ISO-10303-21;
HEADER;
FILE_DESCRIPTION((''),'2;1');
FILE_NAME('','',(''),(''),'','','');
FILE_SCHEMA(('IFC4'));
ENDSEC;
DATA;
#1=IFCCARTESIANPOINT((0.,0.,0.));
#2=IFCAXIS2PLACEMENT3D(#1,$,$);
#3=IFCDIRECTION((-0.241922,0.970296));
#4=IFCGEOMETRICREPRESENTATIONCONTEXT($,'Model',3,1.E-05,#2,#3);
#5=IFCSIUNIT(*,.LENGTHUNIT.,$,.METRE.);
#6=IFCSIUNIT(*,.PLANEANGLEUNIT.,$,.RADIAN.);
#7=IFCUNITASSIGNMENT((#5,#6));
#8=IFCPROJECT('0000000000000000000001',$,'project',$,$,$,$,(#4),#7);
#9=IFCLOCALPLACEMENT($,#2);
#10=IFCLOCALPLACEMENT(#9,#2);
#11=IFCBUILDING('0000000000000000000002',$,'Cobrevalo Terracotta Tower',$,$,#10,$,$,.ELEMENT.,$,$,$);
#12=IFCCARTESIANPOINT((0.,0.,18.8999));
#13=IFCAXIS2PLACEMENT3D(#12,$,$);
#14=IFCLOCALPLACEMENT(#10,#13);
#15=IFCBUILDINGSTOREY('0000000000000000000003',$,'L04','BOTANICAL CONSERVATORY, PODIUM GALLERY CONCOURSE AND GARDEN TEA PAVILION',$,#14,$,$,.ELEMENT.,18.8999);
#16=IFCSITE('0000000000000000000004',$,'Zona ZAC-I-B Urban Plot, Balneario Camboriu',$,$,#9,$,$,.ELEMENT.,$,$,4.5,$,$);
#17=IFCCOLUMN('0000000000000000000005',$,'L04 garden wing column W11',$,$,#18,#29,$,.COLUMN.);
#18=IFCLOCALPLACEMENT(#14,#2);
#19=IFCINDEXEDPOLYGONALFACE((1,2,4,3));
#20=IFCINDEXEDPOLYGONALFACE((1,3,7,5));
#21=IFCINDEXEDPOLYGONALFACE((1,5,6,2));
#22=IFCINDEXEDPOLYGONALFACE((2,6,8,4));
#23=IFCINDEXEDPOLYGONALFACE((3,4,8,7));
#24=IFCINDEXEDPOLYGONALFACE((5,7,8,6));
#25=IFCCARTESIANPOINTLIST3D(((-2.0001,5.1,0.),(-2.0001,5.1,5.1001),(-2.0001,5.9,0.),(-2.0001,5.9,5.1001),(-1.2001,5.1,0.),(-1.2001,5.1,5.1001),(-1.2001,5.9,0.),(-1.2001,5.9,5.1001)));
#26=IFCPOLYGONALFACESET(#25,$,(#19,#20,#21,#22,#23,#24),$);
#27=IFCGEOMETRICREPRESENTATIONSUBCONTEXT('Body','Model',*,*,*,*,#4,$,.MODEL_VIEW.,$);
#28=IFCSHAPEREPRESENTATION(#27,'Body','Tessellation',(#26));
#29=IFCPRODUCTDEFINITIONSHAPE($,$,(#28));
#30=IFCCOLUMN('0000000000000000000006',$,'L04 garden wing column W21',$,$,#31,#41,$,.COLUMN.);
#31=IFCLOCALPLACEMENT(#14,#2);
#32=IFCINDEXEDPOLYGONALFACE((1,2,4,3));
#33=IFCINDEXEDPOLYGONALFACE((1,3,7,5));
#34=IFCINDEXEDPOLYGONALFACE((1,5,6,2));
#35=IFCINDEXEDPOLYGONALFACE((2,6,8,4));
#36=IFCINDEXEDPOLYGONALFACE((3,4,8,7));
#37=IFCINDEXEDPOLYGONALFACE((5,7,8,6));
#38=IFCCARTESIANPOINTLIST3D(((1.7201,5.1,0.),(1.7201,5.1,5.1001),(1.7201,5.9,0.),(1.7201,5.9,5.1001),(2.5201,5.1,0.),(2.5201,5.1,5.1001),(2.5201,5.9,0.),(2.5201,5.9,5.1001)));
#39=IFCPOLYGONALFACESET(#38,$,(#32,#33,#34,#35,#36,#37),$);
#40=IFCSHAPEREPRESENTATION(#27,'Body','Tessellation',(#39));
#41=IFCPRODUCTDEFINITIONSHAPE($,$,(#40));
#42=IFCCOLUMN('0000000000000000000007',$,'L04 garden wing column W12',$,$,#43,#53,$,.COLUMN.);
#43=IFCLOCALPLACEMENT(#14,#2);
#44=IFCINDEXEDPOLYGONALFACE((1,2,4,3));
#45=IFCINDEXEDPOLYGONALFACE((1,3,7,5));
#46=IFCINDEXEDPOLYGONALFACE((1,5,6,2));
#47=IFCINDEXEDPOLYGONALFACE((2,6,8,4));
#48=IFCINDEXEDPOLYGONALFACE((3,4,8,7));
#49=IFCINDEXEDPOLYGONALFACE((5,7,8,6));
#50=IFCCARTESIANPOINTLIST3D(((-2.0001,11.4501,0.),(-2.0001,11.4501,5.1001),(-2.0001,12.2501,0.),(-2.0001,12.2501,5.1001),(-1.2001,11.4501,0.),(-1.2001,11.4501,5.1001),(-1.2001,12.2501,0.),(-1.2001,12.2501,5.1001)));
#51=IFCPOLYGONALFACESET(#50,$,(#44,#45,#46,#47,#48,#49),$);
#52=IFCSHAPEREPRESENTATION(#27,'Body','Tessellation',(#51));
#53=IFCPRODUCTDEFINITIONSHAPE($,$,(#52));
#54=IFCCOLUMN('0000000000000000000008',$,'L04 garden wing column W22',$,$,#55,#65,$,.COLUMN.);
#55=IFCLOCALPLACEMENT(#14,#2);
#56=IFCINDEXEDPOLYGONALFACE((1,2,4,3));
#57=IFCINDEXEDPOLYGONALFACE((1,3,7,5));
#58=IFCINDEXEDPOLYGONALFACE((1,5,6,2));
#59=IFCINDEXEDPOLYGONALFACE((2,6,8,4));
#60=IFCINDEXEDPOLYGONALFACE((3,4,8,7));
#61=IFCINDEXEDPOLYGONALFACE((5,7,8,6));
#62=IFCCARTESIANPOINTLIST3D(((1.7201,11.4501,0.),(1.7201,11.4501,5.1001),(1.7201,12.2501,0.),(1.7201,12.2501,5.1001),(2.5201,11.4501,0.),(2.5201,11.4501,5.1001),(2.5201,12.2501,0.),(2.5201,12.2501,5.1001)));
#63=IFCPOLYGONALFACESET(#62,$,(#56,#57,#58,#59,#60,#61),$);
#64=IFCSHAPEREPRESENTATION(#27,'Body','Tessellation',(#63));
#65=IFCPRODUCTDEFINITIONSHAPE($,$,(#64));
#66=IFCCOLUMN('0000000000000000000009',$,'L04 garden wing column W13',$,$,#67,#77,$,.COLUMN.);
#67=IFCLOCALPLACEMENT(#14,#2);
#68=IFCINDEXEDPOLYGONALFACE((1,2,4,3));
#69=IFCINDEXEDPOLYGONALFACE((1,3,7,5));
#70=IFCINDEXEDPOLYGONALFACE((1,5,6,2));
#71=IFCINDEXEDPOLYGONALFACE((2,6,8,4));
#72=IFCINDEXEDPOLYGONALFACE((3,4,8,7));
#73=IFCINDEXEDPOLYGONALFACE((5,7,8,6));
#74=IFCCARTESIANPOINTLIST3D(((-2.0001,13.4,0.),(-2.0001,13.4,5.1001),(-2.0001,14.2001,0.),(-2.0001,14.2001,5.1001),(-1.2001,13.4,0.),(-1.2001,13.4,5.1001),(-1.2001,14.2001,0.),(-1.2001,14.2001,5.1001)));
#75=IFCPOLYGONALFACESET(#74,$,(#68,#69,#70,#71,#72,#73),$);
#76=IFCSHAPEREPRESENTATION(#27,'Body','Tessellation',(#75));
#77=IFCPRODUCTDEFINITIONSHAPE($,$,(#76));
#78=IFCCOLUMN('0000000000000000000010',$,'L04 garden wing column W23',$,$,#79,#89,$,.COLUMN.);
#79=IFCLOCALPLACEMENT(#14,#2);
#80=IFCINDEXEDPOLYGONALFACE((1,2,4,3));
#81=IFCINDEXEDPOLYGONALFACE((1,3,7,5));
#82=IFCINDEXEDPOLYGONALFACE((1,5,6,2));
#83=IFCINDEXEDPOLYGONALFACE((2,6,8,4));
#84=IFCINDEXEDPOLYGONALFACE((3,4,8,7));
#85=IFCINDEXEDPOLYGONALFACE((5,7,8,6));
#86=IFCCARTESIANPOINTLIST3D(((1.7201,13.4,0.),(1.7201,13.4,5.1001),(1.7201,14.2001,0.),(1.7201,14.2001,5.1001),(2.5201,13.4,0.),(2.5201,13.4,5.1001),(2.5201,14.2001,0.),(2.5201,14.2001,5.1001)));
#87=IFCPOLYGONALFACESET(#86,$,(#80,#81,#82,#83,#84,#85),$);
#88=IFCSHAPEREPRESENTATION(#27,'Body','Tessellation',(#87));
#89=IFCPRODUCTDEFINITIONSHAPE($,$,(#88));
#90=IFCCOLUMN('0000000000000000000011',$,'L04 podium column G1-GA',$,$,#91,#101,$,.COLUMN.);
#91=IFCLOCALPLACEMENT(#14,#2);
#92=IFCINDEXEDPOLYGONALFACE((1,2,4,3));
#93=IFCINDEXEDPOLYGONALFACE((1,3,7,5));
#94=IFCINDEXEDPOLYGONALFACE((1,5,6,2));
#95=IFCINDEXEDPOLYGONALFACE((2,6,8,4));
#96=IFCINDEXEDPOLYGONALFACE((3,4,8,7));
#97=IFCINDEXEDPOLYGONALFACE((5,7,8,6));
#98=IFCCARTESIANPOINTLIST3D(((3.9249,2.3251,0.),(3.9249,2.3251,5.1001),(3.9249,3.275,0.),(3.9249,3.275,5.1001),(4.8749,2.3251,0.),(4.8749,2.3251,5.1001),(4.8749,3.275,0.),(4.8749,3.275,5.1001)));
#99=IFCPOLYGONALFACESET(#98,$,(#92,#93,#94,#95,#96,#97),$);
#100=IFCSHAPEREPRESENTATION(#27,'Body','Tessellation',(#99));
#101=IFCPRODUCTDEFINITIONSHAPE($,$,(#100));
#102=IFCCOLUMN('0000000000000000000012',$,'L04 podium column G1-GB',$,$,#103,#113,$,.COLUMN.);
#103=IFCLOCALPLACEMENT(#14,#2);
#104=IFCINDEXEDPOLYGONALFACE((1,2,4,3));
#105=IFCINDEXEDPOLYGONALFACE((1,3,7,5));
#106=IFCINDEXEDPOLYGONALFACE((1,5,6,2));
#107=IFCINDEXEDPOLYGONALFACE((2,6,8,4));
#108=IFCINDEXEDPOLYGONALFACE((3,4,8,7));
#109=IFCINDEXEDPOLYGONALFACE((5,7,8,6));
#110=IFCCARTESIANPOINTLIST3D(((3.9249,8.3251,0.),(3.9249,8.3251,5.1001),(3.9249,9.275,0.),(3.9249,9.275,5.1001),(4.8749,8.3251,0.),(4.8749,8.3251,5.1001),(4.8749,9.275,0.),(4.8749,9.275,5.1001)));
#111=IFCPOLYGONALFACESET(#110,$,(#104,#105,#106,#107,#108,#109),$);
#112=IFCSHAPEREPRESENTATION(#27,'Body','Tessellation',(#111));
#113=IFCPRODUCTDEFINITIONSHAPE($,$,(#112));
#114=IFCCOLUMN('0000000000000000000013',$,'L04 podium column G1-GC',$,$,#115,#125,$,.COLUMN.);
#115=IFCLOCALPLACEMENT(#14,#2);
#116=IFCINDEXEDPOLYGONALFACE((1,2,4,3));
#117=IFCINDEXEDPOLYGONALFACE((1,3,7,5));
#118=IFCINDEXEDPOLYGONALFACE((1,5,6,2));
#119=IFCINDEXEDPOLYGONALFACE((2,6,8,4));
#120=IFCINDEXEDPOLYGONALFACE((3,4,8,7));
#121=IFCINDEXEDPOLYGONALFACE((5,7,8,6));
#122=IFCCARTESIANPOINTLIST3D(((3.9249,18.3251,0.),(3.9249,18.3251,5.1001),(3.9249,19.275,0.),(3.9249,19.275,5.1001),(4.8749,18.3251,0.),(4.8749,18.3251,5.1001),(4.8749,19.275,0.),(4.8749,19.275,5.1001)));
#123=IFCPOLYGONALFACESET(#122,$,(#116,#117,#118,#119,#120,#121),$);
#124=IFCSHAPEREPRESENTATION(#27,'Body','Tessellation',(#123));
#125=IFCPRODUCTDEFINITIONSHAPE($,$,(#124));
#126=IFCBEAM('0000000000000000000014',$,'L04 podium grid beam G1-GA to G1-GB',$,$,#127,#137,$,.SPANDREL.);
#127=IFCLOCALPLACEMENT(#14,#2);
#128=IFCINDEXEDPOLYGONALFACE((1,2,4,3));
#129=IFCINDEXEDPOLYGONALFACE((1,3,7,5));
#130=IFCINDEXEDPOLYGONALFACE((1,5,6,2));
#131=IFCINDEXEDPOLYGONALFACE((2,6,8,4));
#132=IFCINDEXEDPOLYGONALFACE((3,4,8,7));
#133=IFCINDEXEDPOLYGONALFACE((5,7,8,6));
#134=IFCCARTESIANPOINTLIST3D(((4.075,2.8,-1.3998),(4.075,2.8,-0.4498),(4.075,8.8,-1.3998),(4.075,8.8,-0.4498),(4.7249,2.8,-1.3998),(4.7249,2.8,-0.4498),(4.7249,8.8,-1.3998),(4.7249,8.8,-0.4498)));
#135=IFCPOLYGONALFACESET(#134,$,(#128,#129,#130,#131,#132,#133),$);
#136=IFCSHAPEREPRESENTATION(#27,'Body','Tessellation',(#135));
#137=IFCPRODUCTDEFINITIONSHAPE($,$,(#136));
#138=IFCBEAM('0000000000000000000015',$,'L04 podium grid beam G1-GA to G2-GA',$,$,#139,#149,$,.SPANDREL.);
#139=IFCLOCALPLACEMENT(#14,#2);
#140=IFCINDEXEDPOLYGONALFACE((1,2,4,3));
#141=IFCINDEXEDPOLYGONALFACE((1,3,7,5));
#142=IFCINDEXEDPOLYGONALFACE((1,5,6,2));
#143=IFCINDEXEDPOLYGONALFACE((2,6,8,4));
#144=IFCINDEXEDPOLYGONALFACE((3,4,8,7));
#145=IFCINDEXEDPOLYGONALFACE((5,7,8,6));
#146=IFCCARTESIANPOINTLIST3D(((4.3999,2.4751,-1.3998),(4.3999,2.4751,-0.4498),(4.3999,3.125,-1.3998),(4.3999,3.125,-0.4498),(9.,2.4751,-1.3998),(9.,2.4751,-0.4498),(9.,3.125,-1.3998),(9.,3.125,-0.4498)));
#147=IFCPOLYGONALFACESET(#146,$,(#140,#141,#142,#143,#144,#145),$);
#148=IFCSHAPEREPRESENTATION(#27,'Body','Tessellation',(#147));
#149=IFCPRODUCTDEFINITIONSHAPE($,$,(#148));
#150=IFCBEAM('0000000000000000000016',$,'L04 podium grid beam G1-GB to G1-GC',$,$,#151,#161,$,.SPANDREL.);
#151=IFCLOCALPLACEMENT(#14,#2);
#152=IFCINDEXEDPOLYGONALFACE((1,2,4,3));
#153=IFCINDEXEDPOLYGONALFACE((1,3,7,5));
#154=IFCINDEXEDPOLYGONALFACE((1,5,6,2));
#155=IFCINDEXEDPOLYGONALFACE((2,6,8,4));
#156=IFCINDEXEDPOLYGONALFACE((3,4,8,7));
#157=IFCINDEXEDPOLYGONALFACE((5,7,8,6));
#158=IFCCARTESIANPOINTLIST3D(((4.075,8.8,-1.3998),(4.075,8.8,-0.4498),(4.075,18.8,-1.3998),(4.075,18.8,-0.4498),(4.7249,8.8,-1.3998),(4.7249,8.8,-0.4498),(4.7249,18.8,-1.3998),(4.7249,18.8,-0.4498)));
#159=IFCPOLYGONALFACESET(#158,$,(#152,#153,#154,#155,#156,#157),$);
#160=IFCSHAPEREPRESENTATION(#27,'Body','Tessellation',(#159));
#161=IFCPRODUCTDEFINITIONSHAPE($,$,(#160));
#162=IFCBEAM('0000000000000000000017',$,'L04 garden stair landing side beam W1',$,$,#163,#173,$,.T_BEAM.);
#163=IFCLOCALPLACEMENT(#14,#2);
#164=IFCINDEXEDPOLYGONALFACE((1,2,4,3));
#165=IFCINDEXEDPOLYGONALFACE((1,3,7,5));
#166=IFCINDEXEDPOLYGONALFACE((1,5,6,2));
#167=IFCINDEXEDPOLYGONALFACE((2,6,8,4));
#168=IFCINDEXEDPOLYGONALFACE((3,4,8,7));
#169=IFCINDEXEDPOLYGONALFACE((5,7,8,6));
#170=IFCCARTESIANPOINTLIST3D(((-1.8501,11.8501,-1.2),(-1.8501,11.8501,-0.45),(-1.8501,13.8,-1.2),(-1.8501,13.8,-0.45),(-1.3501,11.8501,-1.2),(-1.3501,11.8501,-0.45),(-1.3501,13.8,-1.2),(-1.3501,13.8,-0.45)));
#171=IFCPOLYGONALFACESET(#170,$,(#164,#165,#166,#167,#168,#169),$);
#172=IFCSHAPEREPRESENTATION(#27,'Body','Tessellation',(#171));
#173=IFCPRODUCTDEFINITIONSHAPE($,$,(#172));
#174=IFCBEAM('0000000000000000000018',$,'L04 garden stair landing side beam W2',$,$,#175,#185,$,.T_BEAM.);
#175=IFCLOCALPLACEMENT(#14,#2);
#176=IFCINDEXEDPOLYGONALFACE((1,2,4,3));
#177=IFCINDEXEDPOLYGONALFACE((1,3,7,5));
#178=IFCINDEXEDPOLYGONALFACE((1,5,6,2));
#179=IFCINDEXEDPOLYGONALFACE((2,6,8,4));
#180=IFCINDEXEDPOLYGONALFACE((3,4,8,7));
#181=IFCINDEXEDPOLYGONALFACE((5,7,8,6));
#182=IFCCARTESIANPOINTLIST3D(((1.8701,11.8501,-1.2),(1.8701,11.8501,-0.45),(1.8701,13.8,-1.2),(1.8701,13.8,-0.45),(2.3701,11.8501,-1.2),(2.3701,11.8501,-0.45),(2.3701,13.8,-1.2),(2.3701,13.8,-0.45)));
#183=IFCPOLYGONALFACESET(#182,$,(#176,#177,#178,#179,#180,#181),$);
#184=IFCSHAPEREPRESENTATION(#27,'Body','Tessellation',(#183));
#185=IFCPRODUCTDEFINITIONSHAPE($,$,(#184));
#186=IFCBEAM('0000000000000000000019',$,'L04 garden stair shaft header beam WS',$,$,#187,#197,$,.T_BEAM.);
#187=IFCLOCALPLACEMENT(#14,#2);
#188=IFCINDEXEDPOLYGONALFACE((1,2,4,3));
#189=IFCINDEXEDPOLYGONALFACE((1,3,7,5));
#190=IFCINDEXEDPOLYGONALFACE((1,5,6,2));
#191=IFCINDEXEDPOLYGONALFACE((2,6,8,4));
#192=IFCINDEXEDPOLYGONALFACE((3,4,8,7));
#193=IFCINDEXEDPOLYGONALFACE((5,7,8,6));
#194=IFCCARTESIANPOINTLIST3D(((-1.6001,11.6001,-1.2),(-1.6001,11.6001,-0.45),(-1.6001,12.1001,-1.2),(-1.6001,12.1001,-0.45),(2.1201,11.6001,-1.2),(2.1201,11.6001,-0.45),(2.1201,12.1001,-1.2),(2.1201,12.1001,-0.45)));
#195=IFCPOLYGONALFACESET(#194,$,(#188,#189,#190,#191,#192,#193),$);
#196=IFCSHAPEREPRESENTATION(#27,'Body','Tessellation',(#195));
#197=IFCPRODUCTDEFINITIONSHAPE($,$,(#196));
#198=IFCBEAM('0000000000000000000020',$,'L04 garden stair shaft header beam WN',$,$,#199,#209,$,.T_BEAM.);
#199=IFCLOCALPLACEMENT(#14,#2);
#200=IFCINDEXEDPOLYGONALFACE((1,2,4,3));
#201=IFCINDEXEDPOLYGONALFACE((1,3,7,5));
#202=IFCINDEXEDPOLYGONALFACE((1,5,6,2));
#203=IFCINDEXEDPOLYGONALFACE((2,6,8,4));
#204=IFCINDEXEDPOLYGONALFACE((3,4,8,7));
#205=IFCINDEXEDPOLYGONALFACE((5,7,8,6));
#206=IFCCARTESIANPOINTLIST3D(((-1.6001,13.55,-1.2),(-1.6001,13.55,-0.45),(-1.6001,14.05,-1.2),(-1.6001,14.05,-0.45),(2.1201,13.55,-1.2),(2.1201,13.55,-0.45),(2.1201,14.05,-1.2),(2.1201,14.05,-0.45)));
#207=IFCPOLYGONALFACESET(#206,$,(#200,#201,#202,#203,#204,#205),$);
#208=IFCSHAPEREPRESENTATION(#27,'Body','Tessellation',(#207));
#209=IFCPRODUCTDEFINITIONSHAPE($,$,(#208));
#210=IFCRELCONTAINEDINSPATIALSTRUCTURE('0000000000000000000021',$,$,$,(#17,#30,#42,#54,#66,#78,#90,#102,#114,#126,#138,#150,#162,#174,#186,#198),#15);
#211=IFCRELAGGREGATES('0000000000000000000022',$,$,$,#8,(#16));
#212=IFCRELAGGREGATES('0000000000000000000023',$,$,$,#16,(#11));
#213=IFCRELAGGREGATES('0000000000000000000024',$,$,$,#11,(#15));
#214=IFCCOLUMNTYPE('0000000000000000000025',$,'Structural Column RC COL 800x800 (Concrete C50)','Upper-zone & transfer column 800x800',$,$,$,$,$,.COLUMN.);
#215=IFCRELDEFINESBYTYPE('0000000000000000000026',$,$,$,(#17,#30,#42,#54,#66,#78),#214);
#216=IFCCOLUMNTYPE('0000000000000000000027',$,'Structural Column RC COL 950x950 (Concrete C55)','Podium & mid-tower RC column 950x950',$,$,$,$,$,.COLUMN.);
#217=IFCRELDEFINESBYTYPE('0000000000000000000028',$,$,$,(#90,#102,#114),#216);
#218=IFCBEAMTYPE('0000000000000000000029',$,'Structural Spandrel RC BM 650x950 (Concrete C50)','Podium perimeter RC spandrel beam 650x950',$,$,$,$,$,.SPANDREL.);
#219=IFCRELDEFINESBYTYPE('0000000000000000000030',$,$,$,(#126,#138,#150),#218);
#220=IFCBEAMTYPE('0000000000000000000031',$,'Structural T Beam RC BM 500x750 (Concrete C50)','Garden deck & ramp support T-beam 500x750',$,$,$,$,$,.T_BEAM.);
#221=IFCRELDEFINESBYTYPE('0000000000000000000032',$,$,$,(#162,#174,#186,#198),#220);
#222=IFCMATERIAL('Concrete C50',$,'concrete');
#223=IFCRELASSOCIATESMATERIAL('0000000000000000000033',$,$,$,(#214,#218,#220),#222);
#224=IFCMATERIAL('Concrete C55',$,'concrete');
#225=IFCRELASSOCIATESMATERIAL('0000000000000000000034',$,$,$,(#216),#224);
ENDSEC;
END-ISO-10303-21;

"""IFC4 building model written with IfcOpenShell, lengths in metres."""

from ifc_helpers import new_model, si_unit, direction, frame, origin, origin_2d, place, context, subcontext, project, spatial, rectangle, extrude, material, material_profile, profile_set, type_object, element, save


model = new_model("IFC4")

# Units and contexts
model_context = context("Model", 3, precision=1e-05, world=origin(), true_north=direction((-0.241922, 0.970296)))
body_context = subcontext(model_context, "Body", "Model", "MODEL_VIEW")
ifc_project = project(units=[si_unit("LENGTHUNIT", "METRE"), si_unit("PLANEANGLEUNIT", "RADIAN")], contexts=[model_context])

# Site, building, storey
site_placement = place(None, origin())
site = spatial("IfcSite", under=ifc_project, at=site_placement, Name="Zona ZAC-I-B Urban Plot, Balneario Camboriu", CompositionType="ELEMENT", RefElevation=4.5)
building_placement = place(site_placement, origin())
building = spatial("IfcBuilding", under=site, at=building_placement, Name="Cobrevalo Terracotta Tower", CompositionType="ELEMENT")
storey_placement = place(building_placement, frame((0.0, 0.0, 18.8999)))
storey = spatial("IfcBuildingStorey", under=building, at=storey_placement, Name="L04", Description="BOTANICAL CONSERVATORY, PODIUM GALLERY CONCOURSE AND GARDEN TEA PAVILION", CompositionType="ELEMENT", Elevation=18.8999)

# Columns
ifc_material_1 = material(Name="Concrete C50", Category="concrete")
ifc_material_profile_1 = material_profile(ifc_material_1, rectangle(XDim=0.8, YDim=0.8, at=origin_2d()), Name="RC COL 800x800")
ifc_profile_set_1 = profile_set([ifc_material_profile_1], Name="Concrete C50")
column_type_1 = type_object("IfcColumnType", Name="Structural Column RC COL 800x800 (Concrete C50)", Description="Upper-zone & transfer column 800x800", PredefinedType="COLUMN", material=ifc_profile_set_1)
for number, where, z_axis, x_axis, name in (
    (1, (-1.6001, 5.5, 0.0), (0.0, 0.0, 1.0), (1.0, 0.0, 0.0), "L04 garden wing column W11"),
    (2, (2.1201, 5.5, 0.0), (0.0, 0.0, 1.0), (1.0, 0.0, 0.0), "L04 garden wing column W21"),
    (3, (-1.6001, 11.8501, 0.0), (0.0, 0.0, 1.0), (1.0, 0.0, 0.0), "L04 garden wing column W12"),
    (4, (2.1201, 11.8501, 0.0), (0.0, 0.0, 1.0), (1.0, 0.0, 0.0), "L04 garden wing column W22"),
    (5, (-1.6001, 13.8, 0.0), (0.0, 0.0, 1.0), (1.0, 0.0, 0.0), "L04 garden wing column W13"),
    (6, (2.1201, 13.8, 0.0), (0.0, 0.0, 1.0), (1.0, 0.0, 0.0), "L04 garden wing column W23"),
):
    element("IfcColumn", number, at=place(storey_placement, frame(where, z_axis=z_axis, x_axis=x_axis)), inside=storey, type_object=column_type_1, Name=name, PredefinedType="COLUMN", context=body_context, shape_type="SweptSolid", body=[
        extrude(rectangle(XDim=0.8, YDim=0.8, at=origin_2d()), origin(), (0.0, 0.0, 1.0), 5.1001),
    ])
ifc_material_2 = material(Name="Concrete C55", Category="concrete")
ifc_material_profile_2 = material_profile(ifc_material_2, rectangle(XDim=0.95, YDim=0.95, at=origin_2d()), Name="RC COL 950x950")
ifc_profile_set_2 = profile_set([ifc_material_profile_2], Name="Concrete C55")
column_type_2 = type_object("IfcColumnType", Name="Structural Column RC COL 950x950 (Concrete C55)", Description="Podium & mid-tower RC column 950x950", PredefinedType="COLUMN", material=ifc_profile_set_2)
for number, where, z_axis, x_axis, name in (
    (7, (4.3999, 2.8, 0.0), (0.0, 0.0, 1.0), (1.0, 0.0, 0.0), "L04 podium column G1-GA"),
    (8, (4.3999, 8.8, 0.0), (0.0, 0.0, 1.0), (1.0, 0.0, 0.0), "L04 podium column G1-GB"),
    (9, (4.3999, 18.8, 0.0), (0.0, 0.0, 1.0), (1.0, 0.0, 0.0), "L04 podium column G1-GC"),
):
    element("IfcColumn", number, at=place(storey_placement, frame(where, z_axis=z_axis, x_axis=x_axis)), inside=storey, type_object=column_type_2, Name=name, PredefinedType="COLUMN", context=body_context, shape_type="SweptSolid", body=[
        extrude(rectangle(XDim=0.95, YDim=0.95, at=origin_2d()), origin(), (0.0, 0.0, 1.0), 5.1001),
    ])

# Beams
ifc_material_profile_3 = material_profile(ifc_material_1, rectangle(XDim=0.6499, YDim=0.95, at=origin_2d()), Name="RC BM 650x950")
ifc_profile_set_3 = profile_set([ifc_material_profile_3], Name="Concrete C50")
beam_type_1 = type_object("IfcBeamType", Name="Structural Spandrel RC BM 650x950 (Concrete C50)", Description="Podium perimeter RC spandrel beam 650x950", PredefinedType="SPANDREL", material=ifc_profile_set_3)
beam_1_placement = place(storey_placement, frame((4.3999, 2.8, -0.9248), z_axis=(0.0, 1.0, 0.0), x_axis=(-1.0, 0.0, 0.0)))
element("IfcBeam", 10, at=beam_1_placement, inside=storey, type_object=beam_type_1, Name="L04 podium grid beam G1-GA to G1-GB", PredefinedType="SPANDREL", context=body_context, shape_type="SweptSolid", body=[
    extrude(rectangle(XDim=0.6499, YDim=0.95, at=origin_2d()), origin(), (0.0, 0.0, 1.0), 6.0),
])
beam_2_placement = place(storey_placement, frame((4.3999, 2.8, -0.9248), z_axis=(1.0, 0.0, 0.0), x_axis=(0.0, 1.0, 0.0)))
element("IfcBeam", 11, at=beam_2_placement, inside=storey, type_object=beam_type_1, Name="L04 podium grid beam G1-GA to G2-GA", PredefinedType="SPANDREL", context=body_context, shape_type="SweptSolid", body=[
    extrude(rectangle(XDim=0.6499, YDim=0.95, at=origin_2d()), origin(), (0.0, 0.0, 1.0), 4.6001),
])
beam_3_placement = place(storey_placement, frame((4.3999, 8.8, -0.9248), z_axis=(0.0, 1.0, 0.0), x_axis=(-1.0, 0.0, 0.0)))
element("IfcBeam", 12, at=beam_3_placement, inside=storey, type_object=beam_type_1, Name="L04 podium grid beam G1-GB to G1-GC", PredefinedType="SPANDREL", context=body_context, shape_type="SweptSolid", body=[
    extrude(rectangle(XDim=0.6499, YDim=0.95, at=origin_2d()), origin(), (0.0, 0.0, 1.0), 10.0),
])
ifc_material_profile_4 = material_profile(ifc_material_1, rectangle(XDim=0.5, YDim=0.75, at=origin_2d()), Name="RC BM 500x750")
ifc_profile_set_4 = profile_set([ifc_material_profile_4], Name="Concrete C50")
beam_type_2 = type_object("IfcBeamType", Name="Structural T Beam RC BM 500x750 (Concrete C50)", Description="Garden deck & ramp support T-beam 500x750", PredefinedType="T_BEAM", material=ifc_profile_set_4)
for number, where, z_axis, x_axis, name in (
    (13, (-1.6001, 11.8501, -0.825), (0.0, 1.0, 0.0), (-1.0, 0.0, 0.0), "L04 garden stair landing side beam W1"),
    (14, (2.1201, 11.8501, -0.825), (0.0, 1.0, 0.0), (-1.0, 0.0, 0.0), "L04 garden stair landing side beam W2"),
):
    element("IfcBeam", number, at=place(storey_placement, frame(where, z_axis=z_axis, x_axis=x_axis)), inside=storey, type_object=beam_type_2, Name=name, PredefinedType="T_BEAM", context=body_context, shape_type="SweptSolid", body=[
        extrude(rectangle(XDim=0.5, YDim=0.75, at=origin_2d()), origin(), (0.0, 0.0, 1.0), 1.95),
    ])
for number, where, z_axis, x_axis, name in (
    (15, (-1.6001, 11.8501, -0.825), (1.0, 0.0, 0.0), (0.0, 1.0, 0.0), "L04 garden stair shaft header beam WS"),
    (16, (-1.6001, 13.8, -0.825), (1.0, 0.0, 0.0), (0.0, 1.0, 0.0), "L04 garden stair shaft header beam WN"),
):
    element("IfcBeam", number, at=place(storey_placement, frame(where, z_axis=z_axis, x_axis=x_axis)), inside=storey, type_object=beam_type_2, Name=name, PredefinedType="T_BEAM", context=body_context, shape_type="SweptSolid", body=[
        extrude(rectangle(XDim=0.5, YDim=0.75, at=origin_2d()), origin(), (0.0, 0.0, 1.0), 3.7202),
    ])

save(model, "model.ifc")
